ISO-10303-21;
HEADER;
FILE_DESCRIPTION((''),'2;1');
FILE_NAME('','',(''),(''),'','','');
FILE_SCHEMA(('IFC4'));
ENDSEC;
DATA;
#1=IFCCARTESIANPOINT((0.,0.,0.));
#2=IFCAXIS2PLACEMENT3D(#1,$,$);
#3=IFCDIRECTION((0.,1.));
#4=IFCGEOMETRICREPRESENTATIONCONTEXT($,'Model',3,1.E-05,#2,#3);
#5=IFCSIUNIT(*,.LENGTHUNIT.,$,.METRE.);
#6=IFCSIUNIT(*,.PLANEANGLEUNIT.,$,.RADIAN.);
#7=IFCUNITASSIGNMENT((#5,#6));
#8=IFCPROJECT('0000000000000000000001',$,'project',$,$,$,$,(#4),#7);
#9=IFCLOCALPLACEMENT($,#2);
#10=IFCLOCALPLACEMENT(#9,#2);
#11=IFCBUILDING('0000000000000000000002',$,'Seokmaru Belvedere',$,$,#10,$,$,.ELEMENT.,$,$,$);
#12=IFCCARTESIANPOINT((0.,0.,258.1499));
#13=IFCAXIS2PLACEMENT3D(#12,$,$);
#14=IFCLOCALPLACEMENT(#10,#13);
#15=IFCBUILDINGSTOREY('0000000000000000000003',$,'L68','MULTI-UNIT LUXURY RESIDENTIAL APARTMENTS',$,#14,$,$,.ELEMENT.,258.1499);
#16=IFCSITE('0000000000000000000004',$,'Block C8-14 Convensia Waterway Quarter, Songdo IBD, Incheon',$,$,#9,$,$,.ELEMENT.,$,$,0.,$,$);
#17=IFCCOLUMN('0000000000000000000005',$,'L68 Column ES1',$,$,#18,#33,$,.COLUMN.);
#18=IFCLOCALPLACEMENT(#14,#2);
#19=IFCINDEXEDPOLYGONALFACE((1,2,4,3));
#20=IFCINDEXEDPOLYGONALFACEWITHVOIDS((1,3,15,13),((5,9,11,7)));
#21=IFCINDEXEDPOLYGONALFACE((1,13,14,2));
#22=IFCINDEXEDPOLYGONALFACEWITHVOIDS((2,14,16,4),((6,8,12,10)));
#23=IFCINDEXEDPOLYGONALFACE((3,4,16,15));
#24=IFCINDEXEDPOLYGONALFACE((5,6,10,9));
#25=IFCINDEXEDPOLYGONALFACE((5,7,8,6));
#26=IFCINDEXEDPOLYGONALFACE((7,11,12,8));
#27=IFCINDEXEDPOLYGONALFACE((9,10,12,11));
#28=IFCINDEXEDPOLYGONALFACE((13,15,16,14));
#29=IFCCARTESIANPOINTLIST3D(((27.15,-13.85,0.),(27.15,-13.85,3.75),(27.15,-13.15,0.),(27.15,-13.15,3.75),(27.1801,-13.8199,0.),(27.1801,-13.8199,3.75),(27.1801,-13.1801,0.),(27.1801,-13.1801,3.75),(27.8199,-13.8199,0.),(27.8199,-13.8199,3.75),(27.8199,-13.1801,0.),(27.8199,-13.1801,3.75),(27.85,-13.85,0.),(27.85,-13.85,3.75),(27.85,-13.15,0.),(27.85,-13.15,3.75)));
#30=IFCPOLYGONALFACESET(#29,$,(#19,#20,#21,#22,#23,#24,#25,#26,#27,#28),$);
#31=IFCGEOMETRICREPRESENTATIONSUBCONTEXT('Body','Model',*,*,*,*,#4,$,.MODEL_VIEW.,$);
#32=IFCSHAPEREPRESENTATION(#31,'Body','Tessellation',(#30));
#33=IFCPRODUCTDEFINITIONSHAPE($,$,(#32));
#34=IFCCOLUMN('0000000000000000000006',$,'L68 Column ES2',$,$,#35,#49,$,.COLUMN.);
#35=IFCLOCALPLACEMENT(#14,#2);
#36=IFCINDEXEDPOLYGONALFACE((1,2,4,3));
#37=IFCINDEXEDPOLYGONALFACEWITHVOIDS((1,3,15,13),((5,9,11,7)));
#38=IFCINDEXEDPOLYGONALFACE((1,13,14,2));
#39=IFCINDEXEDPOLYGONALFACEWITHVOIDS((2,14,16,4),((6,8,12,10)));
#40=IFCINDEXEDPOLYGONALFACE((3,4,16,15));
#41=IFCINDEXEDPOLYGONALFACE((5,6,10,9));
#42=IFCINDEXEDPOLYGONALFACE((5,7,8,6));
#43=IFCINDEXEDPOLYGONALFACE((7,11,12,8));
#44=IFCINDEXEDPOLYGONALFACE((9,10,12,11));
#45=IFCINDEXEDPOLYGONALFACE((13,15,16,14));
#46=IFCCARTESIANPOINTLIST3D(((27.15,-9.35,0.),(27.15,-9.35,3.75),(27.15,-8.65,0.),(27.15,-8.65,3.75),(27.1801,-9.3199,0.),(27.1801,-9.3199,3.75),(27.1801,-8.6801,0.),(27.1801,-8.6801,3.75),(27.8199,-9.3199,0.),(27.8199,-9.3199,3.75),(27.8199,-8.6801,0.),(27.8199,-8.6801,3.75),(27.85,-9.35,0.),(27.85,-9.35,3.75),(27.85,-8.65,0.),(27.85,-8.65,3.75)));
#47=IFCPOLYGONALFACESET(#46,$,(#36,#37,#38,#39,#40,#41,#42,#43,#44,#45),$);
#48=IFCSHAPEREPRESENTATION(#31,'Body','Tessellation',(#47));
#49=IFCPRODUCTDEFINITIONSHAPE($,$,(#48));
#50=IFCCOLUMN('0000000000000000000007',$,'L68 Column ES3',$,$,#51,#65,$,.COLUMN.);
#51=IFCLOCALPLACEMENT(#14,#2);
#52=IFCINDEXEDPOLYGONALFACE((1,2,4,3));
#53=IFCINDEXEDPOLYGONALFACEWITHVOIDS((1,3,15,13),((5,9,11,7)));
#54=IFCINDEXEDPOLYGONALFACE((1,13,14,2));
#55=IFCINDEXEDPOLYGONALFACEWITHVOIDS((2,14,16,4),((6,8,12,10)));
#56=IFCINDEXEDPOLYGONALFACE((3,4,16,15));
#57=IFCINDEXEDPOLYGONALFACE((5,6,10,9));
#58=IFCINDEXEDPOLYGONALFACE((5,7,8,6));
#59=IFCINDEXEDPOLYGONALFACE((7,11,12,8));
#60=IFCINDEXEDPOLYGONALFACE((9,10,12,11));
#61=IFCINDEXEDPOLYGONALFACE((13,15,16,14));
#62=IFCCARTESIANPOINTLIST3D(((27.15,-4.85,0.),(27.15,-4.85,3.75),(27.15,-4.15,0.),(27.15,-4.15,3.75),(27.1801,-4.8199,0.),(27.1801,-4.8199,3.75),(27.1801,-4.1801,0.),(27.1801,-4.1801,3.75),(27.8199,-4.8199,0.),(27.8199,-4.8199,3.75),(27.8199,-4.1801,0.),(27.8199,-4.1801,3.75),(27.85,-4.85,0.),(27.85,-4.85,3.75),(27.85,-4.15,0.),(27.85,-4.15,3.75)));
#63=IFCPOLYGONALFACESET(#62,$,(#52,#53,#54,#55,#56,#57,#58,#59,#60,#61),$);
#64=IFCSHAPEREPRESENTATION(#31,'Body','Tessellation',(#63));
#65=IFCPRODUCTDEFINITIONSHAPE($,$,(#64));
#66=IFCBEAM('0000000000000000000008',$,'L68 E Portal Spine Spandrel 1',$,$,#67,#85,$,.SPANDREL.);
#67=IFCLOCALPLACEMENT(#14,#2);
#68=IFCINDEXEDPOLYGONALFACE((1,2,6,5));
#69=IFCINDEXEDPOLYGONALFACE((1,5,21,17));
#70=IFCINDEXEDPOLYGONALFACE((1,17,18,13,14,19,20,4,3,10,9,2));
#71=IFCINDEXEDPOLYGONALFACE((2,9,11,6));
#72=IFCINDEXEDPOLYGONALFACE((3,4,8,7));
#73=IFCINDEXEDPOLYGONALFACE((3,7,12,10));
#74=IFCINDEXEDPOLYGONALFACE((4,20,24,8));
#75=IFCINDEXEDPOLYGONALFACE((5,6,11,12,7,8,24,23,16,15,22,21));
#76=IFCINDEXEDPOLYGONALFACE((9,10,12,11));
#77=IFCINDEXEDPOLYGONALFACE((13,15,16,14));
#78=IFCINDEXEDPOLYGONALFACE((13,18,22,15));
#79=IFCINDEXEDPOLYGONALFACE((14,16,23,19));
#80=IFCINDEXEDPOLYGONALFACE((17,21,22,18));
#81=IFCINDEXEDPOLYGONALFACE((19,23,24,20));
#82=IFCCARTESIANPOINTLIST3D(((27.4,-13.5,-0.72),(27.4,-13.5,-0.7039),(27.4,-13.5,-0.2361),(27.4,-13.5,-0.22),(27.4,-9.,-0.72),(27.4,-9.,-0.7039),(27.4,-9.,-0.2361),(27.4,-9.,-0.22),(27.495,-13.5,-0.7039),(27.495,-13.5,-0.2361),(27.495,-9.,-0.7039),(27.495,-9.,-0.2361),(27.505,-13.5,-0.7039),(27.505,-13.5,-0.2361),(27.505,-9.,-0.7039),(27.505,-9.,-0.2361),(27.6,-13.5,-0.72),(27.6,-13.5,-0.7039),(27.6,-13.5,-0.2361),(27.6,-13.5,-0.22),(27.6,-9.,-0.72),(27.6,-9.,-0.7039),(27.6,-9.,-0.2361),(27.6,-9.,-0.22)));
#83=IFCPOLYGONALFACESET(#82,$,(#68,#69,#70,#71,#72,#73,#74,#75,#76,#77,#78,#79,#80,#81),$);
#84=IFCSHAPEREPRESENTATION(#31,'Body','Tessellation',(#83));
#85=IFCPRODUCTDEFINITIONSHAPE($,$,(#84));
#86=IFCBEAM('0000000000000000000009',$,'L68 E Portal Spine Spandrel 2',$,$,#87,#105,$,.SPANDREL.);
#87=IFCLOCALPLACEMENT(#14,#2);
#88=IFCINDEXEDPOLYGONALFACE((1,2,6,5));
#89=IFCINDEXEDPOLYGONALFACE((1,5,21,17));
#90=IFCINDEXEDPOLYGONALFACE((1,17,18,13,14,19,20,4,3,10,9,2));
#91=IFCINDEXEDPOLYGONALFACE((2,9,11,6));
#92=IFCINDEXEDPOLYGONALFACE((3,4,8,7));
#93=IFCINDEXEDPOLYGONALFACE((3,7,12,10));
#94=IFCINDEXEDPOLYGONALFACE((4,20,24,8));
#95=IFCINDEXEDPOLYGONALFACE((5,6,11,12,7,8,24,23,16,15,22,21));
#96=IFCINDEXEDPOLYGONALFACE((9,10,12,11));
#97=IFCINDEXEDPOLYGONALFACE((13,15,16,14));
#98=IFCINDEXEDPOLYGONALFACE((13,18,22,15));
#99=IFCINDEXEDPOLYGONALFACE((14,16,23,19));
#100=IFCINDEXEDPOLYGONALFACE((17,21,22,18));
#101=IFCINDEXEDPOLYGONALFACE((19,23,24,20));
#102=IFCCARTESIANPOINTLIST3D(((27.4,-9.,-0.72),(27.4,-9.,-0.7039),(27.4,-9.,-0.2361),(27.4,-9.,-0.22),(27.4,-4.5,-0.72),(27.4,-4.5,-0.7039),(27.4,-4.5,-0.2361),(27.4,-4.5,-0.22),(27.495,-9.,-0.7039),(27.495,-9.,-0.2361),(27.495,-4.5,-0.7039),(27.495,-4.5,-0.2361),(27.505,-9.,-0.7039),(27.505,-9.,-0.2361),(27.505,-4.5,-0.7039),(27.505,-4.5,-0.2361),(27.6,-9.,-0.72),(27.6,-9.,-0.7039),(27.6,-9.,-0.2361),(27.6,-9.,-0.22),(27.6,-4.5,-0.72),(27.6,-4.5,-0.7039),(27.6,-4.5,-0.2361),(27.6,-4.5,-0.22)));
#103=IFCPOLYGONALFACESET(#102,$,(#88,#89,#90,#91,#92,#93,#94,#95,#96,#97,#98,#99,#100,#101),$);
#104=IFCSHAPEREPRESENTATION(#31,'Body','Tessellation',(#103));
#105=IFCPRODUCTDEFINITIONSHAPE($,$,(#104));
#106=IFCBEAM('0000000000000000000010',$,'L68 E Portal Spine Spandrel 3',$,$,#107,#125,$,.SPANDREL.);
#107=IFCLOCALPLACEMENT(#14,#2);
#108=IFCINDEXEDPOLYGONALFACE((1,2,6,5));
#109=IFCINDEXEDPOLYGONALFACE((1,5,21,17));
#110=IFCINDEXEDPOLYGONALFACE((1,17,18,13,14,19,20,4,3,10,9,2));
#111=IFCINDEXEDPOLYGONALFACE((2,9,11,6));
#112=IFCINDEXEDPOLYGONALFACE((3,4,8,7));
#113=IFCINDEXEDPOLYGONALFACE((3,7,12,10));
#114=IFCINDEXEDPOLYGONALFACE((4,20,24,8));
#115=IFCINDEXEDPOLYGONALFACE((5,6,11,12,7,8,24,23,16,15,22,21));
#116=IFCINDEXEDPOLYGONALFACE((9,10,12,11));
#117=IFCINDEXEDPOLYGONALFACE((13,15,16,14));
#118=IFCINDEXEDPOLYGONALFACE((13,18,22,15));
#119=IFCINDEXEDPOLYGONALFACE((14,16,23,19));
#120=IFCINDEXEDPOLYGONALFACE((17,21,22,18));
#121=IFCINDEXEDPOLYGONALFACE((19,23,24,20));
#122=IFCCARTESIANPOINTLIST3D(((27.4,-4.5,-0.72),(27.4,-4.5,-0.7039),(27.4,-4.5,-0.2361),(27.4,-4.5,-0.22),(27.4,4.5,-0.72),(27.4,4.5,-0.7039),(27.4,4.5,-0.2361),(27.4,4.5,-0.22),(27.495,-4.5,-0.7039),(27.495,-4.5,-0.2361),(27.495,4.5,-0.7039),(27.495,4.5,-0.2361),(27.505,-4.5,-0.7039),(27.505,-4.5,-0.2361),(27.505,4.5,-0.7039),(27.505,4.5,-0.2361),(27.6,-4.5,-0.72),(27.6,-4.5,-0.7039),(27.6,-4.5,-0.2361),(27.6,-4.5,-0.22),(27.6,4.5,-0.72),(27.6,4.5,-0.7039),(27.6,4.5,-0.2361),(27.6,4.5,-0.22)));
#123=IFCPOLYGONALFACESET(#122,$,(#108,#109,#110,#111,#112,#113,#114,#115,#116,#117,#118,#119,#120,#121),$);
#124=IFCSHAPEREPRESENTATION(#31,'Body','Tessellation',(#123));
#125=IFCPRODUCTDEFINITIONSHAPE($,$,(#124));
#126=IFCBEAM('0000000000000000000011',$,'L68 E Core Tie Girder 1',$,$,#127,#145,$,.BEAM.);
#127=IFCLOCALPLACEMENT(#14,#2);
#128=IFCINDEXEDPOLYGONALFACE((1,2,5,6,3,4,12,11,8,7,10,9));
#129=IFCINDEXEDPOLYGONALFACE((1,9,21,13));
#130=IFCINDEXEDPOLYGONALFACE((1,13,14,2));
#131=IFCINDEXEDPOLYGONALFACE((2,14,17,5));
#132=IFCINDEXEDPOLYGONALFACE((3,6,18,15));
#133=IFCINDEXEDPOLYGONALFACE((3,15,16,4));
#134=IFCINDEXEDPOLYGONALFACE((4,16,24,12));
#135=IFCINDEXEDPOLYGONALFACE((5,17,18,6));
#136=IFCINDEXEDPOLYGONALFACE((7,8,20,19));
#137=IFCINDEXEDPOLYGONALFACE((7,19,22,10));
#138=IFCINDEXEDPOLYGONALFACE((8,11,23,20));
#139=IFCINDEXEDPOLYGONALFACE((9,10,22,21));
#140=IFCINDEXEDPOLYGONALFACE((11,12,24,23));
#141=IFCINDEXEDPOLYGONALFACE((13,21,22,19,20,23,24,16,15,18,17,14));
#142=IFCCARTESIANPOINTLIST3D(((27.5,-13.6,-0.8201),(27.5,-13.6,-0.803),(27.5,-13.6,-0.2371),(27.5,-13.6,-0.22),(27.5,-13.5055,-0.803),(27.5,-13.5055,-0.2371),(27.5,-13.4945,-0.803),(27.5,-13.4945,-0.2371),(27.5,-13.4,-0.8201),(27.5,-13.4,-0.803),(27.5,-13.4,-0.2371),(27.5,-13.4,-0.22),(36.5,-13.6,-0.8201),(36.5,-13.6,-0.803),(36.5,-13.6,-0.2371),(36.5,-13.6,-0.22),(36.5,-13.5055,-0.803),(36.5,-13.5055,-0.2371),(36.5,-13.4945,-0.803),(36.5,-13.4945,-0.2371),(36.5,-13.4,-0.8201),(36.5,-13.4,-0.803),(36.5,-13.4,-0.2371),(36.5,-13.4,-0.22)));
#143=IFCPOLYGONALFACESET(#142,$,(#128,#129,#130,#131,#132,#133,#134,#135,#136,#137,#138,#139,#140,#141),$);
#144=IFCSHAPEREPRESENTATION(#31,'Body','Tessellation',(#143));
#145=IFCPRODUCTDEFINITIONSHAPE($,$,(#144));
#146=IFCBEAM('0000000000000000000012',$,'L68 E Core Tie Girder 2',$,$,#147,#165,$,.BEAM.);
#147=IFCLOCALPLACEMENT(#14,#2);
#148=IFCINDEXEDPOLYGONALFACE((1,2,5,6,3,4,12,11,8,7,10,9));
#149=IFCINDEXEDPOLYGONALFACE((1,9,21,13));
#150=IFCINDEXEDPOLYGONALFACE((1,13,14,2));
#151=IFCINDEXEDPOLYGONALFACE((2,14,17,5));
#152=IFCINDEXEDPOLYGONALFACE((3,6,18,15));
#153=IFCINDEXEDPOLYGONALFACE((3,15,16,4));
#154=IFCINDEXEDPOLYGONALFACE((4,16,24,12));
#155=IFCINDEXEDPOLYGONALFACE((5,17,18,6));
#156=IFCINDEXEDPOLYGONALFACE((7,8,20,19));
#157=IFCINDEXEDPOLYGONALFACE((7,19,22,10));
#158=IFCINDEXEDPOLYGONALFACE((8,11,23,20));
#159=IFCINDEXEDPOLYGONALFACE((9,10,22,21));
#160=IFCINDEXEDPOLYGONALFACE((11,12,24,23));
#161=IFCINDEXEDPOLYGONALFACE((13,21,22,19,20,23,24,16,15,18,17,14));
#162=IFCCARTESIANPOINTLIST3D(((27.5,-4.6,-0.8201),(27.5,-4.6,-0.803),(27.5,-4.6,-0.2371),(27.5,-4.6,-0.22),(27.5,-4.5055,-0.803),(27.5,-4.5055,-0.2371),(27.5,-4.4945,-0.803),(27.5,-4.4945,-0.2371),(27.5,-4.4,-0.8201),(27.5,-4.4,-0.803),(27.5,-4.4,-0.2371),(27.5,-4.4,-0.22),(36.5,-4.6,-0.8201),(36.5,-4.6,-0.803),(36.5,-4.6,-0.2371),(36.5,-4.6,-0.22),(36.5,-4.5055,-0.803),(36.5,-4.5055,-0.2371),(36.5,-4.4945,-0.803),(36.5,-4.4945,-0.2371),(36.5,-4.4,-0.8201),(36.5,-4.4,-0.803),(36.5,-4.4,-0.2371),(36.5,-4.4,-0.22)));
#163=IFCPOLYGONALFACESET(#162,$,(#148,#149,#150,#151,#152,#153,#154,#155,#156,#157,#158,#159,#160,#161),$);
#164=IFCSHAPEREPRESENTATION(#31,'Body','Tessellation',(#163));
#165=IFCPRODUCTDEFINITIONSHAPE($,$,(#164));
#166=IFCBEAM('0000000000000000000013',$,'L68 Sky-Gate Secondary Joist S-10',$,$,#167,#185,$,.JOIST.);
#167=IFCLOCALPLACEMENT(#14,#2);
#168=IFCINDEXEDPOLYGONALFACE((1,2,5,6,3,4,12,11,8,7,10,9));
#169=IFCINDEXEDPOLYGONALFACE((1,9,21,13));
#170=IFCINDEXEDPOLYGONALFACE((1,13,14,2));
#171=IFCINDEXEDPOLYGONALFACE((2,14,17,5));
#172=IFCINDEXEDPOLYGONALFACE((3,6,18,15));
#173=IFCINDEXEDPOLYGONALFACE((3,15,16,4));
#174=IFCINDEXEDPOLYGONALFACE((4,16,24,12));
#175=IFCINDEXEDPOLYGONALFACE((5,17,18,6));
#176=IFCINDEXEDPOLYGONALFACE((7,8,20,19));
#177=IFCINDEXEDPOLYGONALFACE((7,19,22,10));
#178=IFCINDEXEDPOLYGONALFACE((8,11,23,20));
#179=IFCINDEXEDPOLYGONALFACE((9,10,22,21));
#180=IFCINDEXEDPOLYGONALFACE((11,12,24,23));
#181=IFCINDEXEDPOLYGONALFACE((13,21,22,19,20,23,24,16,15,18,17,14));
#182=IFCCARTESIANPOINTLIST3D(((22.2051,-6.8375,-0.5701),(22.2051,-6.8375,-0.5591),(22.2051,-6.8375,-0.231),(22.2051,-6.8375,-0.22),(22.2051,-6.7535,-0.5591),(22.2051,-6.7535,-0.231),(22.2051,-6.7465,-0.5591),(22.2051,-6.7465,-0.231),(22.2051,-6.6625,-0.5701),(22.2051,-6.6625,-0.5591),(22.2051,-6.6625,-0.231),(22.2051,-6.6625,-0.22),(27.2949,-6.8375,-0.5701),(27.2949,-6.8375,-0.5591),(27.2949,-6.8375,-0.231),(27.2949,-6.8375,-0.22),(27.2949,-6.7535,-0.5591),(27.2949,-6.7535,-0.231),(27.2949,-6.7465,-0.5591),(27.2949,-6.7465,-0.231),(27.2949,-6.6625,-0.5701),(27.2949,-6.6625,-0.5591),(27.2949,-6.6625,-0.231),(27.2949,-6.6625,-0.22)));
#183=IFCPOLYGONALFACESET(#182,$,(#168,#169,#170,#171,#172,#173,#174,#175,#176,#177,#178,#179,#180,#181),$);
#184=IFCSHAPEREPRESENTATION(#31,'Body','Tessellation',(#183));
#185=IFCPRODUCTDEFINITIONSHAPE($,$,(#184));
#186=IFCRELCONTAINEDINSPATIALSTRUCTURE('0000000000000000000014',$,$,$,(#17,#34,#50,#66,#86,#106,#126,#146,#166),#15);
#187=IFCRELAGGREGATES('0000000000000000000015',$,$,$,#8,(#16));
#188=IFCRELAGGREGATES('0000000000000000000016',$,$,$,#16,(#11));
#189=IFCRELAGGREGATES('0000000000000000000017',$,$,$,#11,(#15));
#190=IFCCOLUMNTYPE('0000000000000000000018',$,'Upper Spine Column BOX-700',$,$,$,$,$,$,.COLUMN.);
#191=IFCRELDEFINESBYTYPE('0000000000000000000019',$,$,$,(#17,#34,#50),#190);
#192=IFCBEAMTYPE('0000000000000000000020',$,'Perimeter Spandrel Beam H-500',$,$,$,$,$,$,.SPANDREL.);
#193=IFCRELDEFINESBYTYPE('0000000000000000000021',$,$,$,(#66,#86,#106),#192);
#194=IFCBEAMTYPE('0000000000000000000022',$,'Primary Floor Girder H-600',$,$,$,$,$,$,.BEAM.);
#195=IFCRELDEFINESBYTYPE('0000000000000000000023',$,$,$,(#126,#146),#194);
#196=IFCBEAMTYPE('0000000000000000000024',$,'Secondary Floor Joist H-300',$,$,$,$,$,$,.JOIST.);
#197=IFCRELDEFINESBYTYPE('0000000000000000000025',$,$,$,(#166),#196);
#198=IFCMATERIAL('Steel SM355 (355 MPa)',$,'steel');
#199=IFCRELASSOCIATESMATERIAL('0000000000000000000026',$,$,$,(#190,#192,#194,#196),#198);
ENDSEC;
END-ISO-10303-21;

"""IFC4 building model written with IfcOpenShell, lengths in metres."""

from ifc_helpers import new_model, si_unit, direction, frame, origin, origin_2d, place, context, subcontext, project, spatial, hollow_rectangle, i_section, extrude, source, transform, mapped, material, material_profile, profile_set, type_object, type_shapes, element, save


model = new_model("IFC4")

# Units and contexts
model_context = context("Model", 3, precision=1e-05, world=origin(), true_north=direction((0.0, 1.0)))
body_context = subcontext(model_context, "Body", "Model", "MODEL_VIEW")
ifc_project = project(units=[si_unit("LENGTHUNIT", "METRE"), si_unit("PLANEANGLEUNIT", "RADIAN")], contexts=[model_context])

# Site, building, storey
site_placement = place(None, origin())
site = spatial("IfcSite", under=ifc_project, at=site_placement, Name="Block C8-14 Convensia Waterway Quarter, Songdo IBD, Incheon", CompositionType="ELEMENT", RefElevation=0.0)
building_placement = place(site_placement, origin())
building = spatial("IfcBuilding", under=site, at=building_placement, Name="Seokmaru Belvedere", CompositionType="ELEMENT")
storey_placement = place(building_placement, frame((0.0, 0.0, 258.1499)))
storey = spatial("IfcBuildingStorey", under=building, at=storey_placement, Name="L68", Description="MULTI-UNIT LUXURY RESIDENTIAL APARTMENTS", CompositionType="ELEMENT", Elevation=258.1499)

# Columns
ifc_material_1 = material(Name="Steel SM355 (355 MPa)", Category="steel")
ifc_material_profile_1 = material_profile(ifc_material_1, hollow_rectangle(XDim=0.7, YDim=0.7, WallThickness=0.03, at=origin_2d()), Name="BOX-700x700x30")
ifc_profile_set_1 = profile_set([ifc_material_profile_1], Name="Steel SM355 (355 MPa)")
column_type = type_object("IfcColumnType", Name="Upper Spine Column BOX-700", PredefinedType="COLUMN", material=ifc_profile_set_1)
shared_shape_1 = source(origin(), body_context, "Body", "SweptSolid", [
    extrude(hollow_rectangle(XDim=0.7, YDim=0.7, WallThickness=0.03, at=origin_2d()), origin(), (0.0, 0.0, 1.0), 3.75),
])
type_shapes(column_type, [shared_shape_1])
for number, where, z_axis, x_axis, name in (
    (1, (27.5, -13.5, 0.0), (0.0, 0.0, 1.0), (1.0, 0.0, 0.0), "L68 Column ES1"),
    (2, (27.5, -9.0, 0.0), (0.0, 0.0, 1.0), (1.0, 0.0, 0.0), "L68 Column ES2"),
    (3, (27.5, -4.5, 0.0), (0.0, 0.0, 1.0), (1.0, 0.0, 0.0), "L68 Column ES3"),
):
    element("IfcColumn", number, at=place(storey_placement, frame(where, z_axis=z_axis, x_axis=x_axis)), inside=storey, type_object=column_type, Name=name, PredefinedType="COLUMN", context=body_context, shape_type="MappedRepresentation", body=[
        mapped(shared_shape_1, transform((0.0, 0.0, 0.0), scale=1.0)),
    ])

# Beams
ifc_material_profile_2 = material_profile(ifc_material_1, i_section(OverallWidth=0.2, OverallDepth=0.5, WebThickness=0.01, FlangeThickness=0.0161, at=origin_2d()), Name="H-500x200x10x16")
ifc_profile_set_2 = profile_set([ifc_material_profile_2], Name="Steel SM355 (355 MPa)")
beam_type_1 = type_object("IfcBeamType", Name="Perimeter Spandrel Beam H-500", PredefinedType="SPANDREL", material=ifc_profile_set_2)
shared_shape_2 = source(origin(), body_context, "Body", "SweptSolid", [
    extrude(i_section(OverallWidth=0.2, OverallDepth=0.5, WebThickness=0.01, FlangeThickness=0.0161, at=origin_2d()), origin(), (0.0, 0.0, 1.0), 4.5),
])
for number, where, z_axis, x_axis, name in (
    (4, (27.5, -13.5, -0.47), (0.0, 1.0, 0.0), (-1.0, 0.0, 0.0), "L68 E Portal Spine Spandrel 1"),
    (5, (27.5, -9.0, -0.47), (0.0, 1.0, 0.0), (-1.0, 0.0, 0.0), "L68 E Portal Spine Spandrel 2"),
):
    element("IfcBeam", number, at=place(storey_placement, frame(where, z_axis=z_axis, x_axis=x_axis)), inside=storey, type_object=beam_type_1, Name=name, PredefinedType="SPANDREL", context=body_context, shape_type="MappedRepresentation", body=[
        mapped(shared_shape_2, transform((0.0, 0.0, 0.0), scale=1.0)),
    ])
shared_shape_3 = source(origin(), body_context, "Body", "SweptSolid", [
    extrude(i_section(OverallWidth=0.2, OverallDepth=0.5, WebThickness=0.01, FlangeThickness=0.0161, at=origin_2d()), origin(), (0.0, 0.0, 1.0), 9.0),
])
type_shapes(beam_type_1, [shared_shape_2, shared_shape_3])
beam_1_placement = place(storey_placement, frame((27.5, -4.5, -0.47), z_axis=(0.0, 1.0, 0.0), x_axis=(-1.0, 0.0, 0.0)))
element("IfcBeam", 6, at=beam_1_placement, inside=storey, type_object=beam_type_1, Name="L68 E Portal Spine Spandrel 3", PredefinedType="SPANDREL", context=body_context, shape_type="MappedRepresentation", body=[
    mapped(shared_shape_3, transform((0.0, 0.0, 0.0), scale=1.0)),
])
ifc_material_profile_3 = material_profile(ifc_material_1, i_section(OverallWidth=0.2, OverallDepth=0.6001, WebThickness=0.011, FlangeThickness=0.0171, at=origin_2d()), Name="H-600x200x11x17")
ifc_profile_set_3 = profile_set([ifc_material_profile_3], Name="Steel SM355 (355 MPa)")
beam_type_2 = type_object("IfcBeamType", Name="Primary Floor Girder H-600", PredefinedType="BEAM", material=ifc_profile_set_3)
shared_shape_4 = source(origin(), body_context, "Body", "SweptSolid", [
    extrude(i_section(OverallWidth=0.2, OverallDepth=0.6001, WebThickness=0.011, FlangeThickness=0.0171, at=origin_2d()), origin(), (0.0, 0.0, 1.0), 9.0),
])
type_shapes(beam_type_2, [shared_shape_4])
for number, where, z_axis, x_axis, name in (
    (7, (27.5, -13.5, -0.52), (1.0, 0.0, 0.0), (0.0, 1.0, 0.0), "L68 E Core Tie Girder 1"),
    (8, (27.5, -4.5, -0.52), (1.0, 0.0, 0.0), (0.0, 1.0, 0.0), "L68 E Core Tie Girder 2"),
):
    element("IfcBeam", number, at=place(storey_placement, frame(where, z_axis=z_axis, x_axis=x_axis)), inside=storey, type_object=beam_type_2, Name=name, PredefinedType="BEAM", context=body_context, shape_type="MappedRepresentation", body=[
        mapped(shared_shape_4, transform((0.0, 0.0, 0.0), scale=1.0)),
    ])
ifc_material_profile_4 = material_profile(ifc_material_1, i_section(OverallWidth=0.175, OverallDepth=0.3501, WebThickness=0.0071, FlangeThickness=0.011, at=origin_2d()), Name="H-350x175x7x11")
ifc_profile_set_4 = profile_set([ifc_material_profile_4], Name="Steel SM355 (355 MPa)")
beam_type_3 = type_object("IfcBeamType", Name="Secondary Floor Joist H-300", PredefinedType="JOIST", material=ifc_profile_set_4)
shared_shape_5 = source(origin(), body_context, "Body", "SweptSolid", [
    extrude(i_section(OverallWidth=0.175, OverallDepth=0.3501, WebThickness=0.0071, FlangeThickness=0.011, at=origin_2d()), origin(), (0.0, 0.0, 1.0), 5.0898),
])
type_shapes(beam_type_3, [shared_shape_5])
beam_2_placement = place(storey_placement, frame((22.2051, -6.75, -0.395), z_axis=(1.0, 0.0, 0.0), x_axis=(0.0, 1.0, 0.0)))
element("IfcBeam", 9, at=beam_2_placement, inside=storey, type_object=beam_type_3, Name="L68 Sky-Gate Secondary Joist S-10", PredefinedType="JOIST", context=body_context, shape_type="MappedRepresentation", body=[
    mapped(shared_shape_5, transform((0.0, 0.0, 0.0), scale=1.0)),
])

save(model, "model.ifc")
